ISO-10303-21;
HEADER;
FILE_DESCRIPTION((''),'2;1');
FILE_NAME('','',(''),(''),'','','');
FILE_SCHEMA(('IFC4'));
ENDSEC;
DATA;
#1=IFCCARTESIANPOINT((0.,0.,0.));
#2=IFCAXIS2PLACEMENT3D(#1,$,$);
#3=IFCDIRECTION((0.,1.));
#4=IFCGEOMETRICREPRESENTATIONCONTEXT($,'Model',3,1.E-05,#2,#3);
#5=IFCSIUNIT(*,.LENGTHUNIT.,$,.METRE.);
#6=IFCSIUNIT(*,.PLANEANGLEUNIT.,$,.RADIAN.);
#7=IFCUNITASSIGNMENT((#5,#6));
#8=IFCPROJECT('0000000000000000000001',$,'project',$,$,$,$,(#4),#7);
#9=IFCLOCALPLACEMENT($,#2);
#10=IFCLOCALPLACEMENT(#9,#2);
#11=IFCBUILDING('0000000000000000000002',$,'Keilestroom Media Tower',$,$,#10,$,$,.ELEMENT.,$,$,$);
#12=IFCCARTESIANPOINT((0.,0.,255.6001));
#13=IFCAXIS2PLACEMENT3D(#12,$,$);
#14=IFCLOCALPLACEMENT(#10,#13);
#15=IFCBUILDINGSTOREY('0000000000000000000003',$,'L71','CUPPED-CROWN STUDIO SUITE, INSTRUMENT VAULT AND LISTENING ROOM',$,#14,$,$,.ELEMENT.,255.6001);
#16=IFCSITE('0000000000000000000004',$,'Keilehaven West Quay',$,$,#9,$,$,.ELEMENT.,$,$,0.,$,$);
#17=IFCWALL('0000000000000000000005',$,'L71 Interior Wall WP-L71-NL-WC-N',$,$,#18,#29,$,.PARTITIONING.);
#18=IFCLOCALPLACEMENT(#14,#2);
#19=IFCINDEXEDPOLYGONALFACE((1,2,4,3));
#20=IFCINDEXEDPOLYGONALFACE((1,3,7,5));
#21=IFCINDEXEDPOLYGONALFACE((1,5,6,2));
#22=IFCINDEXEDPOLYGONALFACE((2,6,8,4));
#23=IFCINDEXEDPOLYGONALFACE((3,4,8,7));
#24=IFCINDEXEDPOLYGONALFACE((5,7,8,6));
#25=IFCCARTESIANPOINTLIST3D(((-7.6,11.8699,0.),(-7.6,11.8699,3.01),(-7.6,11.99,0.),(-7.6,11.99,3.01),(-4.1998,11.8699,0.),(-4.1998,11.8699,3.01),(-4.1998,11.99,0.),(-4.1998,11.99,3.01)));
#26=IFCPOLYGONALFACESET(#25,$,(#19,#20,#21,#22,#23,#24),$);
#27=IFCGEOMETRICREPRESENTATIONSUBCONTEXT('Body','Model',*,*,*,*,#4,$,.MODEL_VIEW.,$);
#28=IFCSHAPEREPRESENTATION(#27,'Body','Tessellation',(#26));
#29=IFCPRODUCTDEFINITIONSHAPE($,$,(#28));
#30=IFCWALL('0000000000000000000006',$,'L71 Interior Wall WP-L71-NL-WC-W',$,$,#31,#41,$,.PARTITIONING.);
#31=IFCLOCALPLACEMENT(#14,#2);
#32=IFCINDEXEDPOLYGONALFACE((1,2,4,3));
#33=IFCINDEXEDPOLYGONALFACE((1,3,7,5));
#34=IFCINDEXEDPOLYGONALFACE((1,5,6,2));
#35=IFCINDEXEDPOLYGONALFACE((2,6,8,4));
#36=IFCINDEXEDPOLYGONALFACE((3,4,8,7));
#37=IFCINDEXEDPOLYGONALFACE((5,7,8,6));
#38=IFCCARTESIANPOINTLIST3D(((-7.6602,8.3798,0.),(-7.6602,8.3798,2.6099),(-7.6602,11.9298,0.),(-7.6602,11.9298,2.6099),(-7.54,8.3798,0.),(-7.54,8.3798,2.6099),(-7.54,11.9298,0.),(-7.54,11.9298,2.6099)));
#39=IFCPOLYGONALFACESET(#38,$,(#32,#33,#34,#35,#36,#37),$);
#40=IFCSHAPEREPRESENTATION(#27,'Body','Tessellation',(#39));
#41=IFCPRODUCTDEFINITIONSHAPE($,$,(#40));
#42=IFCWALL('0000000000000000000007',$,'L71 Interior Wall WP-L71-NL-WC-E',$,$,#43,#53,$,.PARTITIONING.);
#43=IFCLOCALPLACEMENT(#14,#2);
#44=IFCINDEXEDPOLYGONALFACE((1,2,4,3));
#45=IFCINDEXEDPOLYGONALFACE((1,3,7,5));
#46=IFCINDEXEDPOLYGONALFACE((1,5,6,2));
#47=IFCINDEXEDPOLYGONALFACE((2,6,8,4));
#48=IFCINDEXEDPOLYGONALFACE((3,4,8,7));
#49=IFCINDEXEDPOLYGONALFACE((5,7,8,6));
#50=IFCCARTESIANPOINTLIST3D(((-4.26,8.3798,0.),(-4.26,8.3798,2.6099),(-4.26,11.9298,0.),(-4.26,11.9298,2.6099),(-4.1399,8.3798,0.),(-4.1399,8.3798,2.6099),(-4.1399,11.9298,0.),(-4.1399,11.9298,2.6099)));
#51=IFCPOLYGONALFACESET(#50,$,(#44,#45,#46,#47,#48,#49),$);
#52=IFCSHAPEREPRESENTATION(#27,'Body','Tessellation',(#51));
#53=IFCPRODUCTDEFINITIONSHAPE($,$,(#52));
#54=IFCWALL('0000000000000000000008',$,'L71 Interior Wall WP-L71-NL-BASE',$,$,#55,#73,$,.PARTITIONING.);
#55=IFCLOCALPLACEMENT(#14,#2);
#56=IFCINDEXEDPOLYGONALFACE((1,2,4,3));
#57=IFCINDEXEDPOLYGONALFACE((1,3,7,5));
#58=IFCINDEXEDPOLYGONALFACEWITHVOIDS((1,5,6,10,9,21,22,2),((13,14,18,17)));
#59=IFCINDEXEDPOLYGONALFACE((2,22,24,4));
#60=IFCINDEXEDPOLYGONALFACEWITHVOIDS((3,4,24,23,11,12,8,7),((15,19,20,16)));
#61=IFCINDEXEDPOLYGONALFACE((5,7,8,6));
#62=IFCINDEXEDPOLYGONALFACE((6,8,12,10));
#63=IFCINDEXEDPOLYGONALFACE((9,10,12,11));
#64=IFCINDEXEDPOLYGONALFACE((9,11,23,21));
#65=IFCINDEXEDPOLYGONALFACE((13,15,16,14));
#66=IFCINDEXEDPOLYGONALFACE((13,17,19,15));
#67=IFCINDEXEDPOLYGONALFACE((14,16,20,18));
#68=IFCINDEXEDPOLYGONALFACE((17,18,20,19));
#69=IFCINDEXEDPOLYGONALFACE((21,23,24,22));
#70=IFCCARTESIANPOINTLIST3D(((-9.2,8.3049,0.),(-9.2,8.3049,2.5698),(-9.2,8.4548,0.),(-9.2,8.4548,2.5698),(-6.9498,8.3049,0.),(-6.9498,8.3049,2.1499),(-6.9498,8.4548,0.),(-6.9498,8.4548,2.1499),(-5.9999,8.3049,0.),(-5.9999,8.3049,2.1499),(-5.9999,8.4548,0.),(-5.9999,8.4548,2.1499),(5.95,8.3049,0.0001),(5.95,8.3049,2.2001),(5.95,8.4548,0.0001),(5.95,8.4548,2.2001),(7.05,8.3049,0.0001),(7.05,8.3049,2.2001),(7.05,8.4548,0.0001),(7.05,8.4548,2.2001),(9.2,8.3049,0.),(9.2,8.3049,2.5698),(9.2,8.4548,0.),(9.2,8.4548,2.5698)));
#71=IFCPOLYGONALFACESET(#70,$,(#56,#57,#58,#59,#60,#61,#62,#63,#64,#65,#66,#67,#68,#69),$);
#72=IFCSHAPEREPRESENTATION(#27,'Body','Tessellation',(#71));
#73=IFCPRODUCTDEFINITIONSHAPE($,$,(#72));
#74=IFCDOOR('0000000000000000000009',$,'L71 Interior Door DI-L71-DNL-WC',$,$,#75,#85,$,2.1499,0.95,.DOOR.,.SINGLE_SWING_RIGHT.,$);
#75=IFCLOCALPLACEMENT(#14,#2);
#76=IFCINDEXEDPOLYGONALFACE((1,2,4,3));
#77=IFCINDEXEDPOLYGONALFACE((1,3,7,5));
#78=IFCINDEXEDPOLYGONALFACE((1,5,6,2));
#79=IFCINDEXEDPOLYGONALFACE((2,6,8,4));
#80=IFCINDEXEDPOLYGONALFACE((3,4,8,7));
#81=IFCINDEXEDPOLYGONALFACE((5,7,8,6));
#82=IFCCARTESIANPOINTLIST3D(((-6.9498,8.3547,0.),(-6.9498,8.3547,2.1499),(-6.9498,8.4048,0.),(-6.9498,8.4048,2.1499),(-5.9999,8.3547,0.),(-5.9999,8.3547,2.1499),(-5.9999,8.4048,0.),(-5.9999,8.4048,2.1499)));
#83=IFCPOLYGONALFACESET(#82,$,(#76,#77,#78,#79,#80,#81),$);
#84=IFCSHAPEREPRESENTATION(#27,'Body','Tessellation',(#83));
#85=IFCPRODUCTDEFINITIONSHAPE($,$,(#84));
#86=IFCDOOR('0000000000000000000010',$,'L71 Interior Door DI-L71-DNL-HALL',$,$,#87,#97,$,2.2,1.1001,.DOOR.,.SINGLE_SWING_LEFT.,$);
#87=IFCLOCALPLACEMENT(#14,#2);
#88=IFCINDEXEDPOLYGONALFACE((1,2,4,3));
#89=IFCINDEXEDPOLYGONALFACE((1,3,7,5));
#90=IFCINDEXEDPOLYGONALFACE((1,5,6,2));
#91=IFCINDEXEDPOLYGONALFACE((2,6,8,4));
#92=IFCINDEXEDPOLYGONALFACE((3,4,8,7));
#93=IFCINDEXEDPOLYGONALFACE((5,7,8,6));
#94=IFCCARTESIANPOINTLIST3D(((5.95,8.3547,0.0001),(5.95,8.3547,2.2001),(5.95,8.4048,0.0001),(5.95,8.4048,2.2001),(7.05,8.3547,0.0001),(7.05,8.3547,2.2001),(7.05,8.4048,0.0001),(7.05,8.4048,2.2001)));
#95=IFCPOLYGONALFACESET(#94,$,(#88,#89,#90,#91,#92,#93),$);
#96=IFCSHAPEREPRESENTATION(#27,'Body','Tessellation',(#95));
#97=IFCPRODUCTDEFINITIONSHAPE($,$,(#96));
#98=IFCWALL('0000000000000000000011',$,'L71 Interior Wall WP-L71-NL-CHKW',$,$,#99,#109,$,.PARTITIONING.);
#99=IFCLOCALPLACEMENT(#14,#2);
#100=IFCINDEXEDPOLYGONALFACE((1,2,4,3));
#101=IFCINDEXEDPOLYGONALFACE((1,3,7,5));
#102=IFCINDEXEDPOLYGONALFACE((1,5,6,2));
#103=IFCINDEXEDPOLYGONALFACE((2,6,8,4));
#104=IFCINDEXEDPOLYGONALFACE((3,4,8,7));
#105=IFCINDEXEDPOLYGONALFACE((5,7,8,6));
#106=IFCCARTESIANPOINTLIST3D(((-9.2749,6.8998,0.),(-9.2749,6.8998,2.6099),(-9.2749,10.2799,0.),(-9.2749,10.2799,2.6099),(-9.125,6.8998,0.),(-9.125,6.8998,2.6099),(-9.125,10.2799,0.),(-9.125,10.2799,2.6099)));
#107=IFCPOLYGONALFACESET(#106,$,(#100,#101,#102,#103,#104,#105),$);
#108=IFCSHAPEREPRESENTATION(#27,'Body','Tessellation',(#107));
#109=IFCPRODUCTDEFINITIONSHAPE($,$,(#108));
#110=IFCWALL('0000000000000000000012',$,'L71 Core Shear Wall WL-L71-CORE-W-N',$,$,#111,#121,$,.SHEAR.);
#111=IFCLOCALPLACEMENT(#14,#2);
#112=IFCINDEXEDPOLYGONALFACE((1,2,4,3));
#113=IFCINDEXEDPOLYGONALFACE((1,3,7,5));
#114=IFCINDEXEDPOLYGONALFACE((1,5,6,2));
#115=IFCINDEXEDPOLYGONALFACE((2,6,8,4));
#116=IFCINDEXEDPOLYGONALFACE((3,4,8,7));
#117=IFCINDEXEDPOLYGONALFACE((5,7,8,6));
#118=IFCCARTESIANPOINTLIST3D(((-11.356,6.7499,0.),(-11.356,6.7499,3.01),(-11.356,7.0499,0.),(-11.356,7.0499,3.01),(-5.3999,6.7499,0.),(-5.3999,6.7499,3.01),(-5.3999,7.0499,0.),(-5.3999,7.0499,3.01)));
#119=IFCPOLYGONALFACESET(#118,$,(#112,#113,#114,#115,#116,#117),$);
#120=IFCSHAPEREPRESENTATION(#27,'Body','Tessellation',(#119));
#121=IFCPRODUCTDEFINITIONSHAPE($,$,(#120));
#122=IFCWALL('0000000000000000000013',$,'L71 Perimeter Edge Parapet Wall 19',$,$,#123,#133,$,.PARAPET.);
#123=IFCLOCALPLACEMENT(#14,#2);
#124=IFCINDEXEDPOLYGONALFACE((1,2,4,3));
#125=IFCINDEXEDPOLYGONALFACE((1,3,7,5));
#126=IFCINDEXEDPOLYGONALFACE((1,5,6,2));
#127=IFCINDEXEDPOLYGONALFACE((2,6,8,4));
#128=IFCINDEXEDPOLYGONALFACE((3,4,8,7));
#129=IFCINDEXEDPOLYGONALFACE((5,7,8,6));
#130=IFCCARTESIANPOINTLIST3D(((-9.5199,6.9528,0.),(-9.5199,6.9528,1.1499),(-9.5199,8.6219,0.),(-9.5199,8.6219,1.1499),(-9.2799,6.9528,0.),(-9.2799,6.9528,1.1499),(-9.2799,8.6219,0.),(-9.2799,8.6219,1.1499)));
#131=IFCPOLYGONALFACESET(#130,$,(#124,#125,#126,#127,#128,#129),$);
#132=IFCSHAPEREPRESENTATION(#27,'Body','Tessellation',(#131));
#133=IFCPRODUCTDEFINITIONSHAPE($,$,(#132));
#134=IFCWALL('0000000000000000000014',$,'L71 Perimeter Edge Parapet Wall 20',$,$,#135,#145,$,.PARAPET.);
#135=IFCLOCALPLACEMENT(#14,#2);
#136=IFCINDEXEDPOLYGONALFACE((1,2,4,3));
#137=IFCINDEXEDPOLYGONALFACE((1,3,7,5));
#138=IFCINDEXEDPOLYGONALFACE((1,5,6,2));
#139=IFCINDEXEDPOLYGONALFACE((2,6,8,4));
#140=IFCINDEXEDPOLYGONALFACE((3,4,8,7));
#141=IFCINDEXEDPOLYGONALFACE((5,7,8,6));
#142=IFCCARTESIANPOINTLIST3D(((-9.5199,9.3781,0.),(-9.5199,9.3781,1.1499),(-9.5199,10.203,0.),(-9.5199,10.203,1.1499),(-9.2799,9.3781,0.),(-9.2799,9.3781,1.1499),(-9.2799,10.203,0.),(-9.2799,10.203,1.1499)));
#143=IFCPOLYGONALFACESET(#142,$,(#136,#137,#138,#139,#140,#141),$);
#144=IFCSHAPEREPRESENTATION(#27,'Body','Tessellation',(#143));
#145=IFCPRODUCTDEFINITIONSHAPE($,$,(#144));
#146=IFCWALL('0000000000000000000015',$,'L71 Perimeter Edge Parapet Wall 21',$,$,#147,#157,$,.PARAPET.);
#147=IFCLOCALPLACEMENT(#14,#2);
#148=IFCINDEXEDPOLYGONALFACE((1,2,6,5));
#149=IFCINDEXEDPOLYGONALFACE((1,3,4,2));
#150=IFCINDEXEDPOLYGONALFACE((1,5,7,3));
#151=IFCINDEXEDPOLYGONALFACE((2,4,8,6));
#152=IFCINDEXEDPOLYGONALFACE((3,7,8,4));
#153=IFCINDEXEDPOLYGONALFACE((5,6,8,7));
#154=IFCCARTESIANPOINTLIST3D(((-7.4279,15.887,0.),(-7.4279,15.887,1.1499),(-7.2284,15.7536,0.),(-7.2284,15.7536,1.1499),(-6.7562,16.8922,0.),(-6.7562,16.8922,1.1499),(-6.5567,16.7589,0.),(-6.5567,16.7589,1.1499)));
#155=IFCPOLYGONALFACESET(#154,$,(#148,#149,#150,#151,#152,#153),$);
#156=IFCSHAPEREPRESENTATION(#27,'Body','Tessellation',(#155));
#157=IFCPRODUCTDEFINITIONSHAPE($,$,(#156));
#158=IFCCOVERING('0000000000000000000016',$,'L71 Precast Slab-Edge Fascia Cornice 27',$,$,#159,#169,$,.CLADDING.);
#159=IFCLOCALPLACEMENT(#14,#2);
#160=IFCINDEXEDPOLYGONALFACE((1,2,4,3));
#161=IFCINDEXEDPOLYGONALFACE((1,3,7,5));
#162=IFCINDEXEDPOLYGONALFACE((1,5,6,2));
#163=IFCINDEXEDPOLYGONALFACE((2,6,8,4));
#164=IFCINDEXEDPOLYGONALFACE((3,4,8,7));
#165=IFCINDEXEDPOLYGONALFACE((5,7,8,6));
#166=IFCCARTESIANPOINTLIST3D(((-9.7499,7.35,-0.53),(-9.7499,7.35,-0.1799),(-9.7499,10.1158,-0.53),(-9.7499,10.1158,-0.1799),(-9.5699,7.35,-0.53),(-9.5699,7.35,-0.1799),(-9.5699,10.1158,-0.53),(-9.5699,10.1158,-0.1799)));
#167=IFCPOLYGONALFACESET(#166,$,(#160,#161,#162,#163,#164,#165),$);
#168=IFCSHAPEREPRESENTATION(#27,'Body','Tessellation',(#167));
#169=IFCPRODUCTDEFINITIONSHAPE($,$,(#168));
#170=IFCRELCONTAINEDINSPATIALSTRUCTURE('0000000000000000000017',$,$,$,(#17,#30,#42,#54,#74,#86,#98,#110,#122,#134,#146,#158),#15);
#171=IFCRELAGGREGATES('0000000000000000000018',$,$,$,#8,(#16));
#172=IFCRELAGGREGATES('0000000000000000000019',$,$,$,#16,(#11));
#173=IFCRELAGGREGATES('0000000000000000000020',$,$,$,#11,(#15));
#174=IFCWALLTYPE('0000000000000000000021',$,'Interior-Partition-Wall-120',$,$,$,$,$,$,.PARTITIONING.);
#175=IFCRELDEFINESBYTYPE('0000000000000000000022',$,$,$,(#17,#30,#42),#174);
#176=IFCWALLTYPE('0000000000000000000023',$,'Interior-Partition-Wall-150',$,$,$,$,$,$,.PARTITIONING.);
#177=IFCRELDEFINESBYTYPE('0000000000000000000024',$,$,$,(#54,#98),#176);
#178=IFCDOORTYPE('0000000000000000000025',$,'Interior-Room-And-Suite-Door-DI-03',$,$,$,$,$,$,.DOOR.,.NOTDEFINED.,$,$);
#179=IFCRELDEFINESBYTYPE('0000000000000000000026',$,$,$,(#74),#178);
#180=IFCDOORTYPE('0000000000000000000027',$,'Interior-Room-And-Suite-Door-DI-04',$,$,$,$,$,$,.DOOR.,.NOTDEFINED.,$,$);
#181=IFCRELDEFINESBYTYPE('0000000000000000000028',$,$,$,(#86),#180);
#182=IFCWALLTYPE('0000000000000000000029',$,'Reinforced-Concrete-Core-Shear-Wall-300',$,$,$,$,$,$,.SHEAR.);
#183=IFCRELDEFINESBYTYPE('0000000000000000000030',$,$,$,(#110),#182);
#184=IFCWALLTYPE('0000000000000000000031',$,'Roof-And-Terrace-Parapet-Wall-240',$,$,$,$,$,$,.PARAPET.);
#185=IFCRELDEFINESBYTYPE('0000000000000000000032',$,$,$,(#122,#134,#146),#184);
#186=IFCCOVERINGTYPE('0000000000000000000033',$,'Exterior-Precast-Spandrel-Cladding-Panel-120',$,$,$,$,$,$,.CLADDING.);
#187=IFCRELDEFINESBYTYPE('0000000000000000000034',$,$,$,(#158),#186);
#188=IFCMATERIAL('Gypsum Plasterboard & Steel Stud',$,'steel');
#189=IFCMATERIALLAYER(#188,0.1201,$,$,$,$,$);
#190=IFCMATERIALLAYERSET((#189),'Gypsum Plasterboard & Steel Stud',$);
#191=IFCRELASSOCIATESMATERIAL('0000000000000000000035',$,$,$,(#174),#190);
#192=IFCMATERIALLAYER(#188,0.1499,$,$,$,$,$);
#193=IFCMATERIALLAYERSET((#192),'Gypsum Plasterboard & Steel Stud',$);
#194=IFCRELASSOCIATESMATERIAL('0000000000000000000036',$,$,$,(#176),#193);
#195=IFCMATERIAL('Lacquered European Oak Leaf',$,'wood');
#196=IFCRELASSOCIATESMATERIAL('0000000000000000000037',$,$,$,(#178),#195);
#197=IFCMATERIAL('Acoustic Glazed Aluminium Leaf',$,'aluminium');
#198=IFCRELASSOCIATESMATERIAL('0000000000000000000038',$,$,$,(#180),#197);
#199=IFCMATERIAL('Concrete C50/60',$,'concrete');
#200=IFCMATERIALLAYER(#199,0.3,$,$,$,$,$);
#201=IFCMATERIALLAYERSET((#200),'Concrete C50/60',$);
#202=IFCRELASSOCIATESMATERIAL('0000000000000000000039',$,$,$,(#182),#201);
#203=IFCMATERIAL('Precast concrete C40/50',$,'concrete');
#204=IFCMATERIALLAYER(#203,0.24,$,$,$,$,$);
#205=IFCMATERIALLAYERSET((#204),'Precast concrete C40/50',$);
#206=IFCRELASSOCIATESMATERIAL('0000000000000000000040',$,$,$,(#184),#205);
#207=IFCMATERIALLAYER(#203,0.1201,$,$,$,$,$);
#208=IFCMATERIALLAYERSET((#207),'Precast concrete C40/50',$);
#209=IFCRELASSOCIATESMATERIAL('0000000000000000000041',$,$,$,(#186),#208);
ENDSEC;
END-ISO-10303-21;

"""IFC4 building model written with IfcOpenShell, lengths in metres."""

from ifc_helpers import new_model, si_unit, direction, frame, frame_2d, origin, origin_2d, place, context, subcontext, project, spatial, rectangle, extrude, source, transform, mapped, material, layer, layer_set, type_object, element, fill, save


model = new_model("IFC4")

# Units and contexts
model_context = context("Model", 3, precision=1e-05, world=origin(), true_north=direction((0.0, 1.0)))
body_context = subcontext(model_context, "Body", "Model", "MODEL_VIEW")
ifc_project = project(units=[si_unit("LENGTHUNIT", "METRE"), si_unit("PLANEANGLEUNIT", "RADIAN")], contexts=[model_context])

# Site, building, storey
site_placement = place(None, origin())
site = spatial("IfcSite", under=ifc_project, at=site_placement, Name="Keilehaven West Quay", CompositionType="ELEMENT", RefElevation=0.0)
building_placement = place(site_placement, origin())
building = spatial("IfcBuilding", under=site, at=building_placement, Name="Keilestroom Media Tower", CompositionType="ELEMENT")
storey_placement = place(building_placement, frame((0.0, 0.0, 255.6001)))
storey = spatial("IfcBuildingStorey", under=building, at=storey_placement, Name="L71", Description="CUPPED-CROWN STUDIO SUITE, INSTRUMENT VAULT AND LISTENING ROOM", CompositionType="ELEMENT", Elevation=255.6001)

# Shared definitions
ifc_material_1 = material(Name="Concrete C50/60", Category="concrete")

# Walls
ifc_material_2 = material(Name="Precast concrete C40/50", Category="concrete")
ifc_material_3 = material(Name="Gypsum Plasterboard & Steel Stud", Category="steel")
ifc_layer_1 = layer(ifc_material_3, 0.1201)
ifc_layer_set_1 = layer_set([ifc_layer_1], Name="Gypsum Plasterboard & Steel Stud")
wall_type_1 = type_object("IfcWallType", Name="Interior-Partition-Wall-120", PredefinedType="PARTITIONING", material=ifc_layer_set_1)
wall_1_placement = place(storey_placement, frame((-7.6001, 11.9299, 0.0), z_axis=(0.0, 0.0, 1.0), x_axis=(1.0, 0.0, 0.0)))
element("IfcWall", 1, at=wall_1_placement, inside=storey, type_object=wall_type_1, Name="L71 Interior Wall WP-L71-NL-WC-N", PredefinedType="PARTITIONING", context=body_context, shape_type="SweptSolid", body=[
    extrude(rectangle(XDim=3.4001, YDim=0.1201, at=frame_2d((1.7002, 0.0))), origin(), (0.0, 0.0, 1.0), 3.01),
])
for number, where, z_axis, x_axis, name in (
    (2, (-7.6001, 8.3799, 0.0), (0.0, 0.0, 1.0), (0.0, 1.0, 0.0), "L71 Interior Wall WP-L71-NL-WC-W"),
    (3, (-4.2, 8.3799, 0.0), (0.0, 0.0, 1.0), (0.0, 1.0, 0.0), "L71 Interior Wall WP-L71-NL-WC-E"),
):
    element("IfcWall", number, at=place(storey_placement, frame(where, z_axis=z_axis, x_axis=x_axis)), inside=storey, type_object=wall_type_1, Name=name, PredefinedType="PARTITIONING", context=body_context, shape_type="SweptSolid", body=[
        extrude(rectangle(XDim=3.55, YDim=0.1201, at=frame_2d((1.7749, 0.0))), origin(), (0.0, 0.0, 1.0), 2.6099),
    ])

# Wall, openings, doors
ifc_layer_2 = layer(ifc_material_3, 0.1499)
ifc_layer_set_2 = layer_set([ifc_layer_2], Name="Gypsum Plasterboard & Steel Stud")
wall_type_2 = type_object("IfcWallType", Name="Interior-Partition-Wall-150", PredefinedType="PARTITIONING", material=ifc_layer_set_2)
wall_2_placement = place(storey_placement, frame((-9.2, 8.3799, 0.0), z_axis=(0.0, 0.0, 1.0), x_axis=(1.0, 0.0, 0.0)))
wall_2 = element("IfcWall", 4, at=wall_2_placement, inside=storey, type_object=wall_type_2, Name="L71 Interior Wall WP-L71-NL-BASE", PredefinedType="PARTITIONING", context=body_context, shape_type="SweptSolid", body=[
    extrude(rectangle(XDim=18.3999, YDim=0.1499, at=frame_2d((9.2, 0.0))), origin(), (0.0, 0.0, 1.0), 2.5698),
])
opening_1_placement = place(wall_2_placement, frame((2.25, 0.0, 0.0)))
opening_1 = element("IfcOpeningElement", 5, at=opening_1_placement, cuts=wall_2, PredefinedType="OPENING", context=body_context, shape_type="SweptSolid", body=[
    extrude(rectangle(XDim=0.95, YDim=2.1499, at=frame_2d((0.4751, 1.075))), frame((0.0, 0.085, 0.0), z_axis=(0.0, -1.0, 0.0), x_axis=(1.0, 0.0, 0.0)), (0.0, 0.0, 1.0), 0.1699),
])
opening_2_placement = place(wall_2_placement, frame((15.1499, 0.0, 0.0)))
opening_2 = element("IfcOpeningElement", 6, at=opening_2_placement, cuts=wall_2, PredefinedType="OPENING", context=body_context, shape_type="SweptSolid", body=[
    extrude(rectangle(XDim=1.1001, YDim=2.2, at=frame_2d((0.55, 1.1001))), frame((0.0, 0.085, 0.0), z_axis=(0.0, -1.0, 0.0), x_axis=(1.0, 0.0, 0.0)), (0.0, 0.0, 1.0), 0.1699),
])
ifc_material_4 = material(Name="Lacquered European Oak Leaf", Category="wood")
door_type_1 = type_object("IfcDoorType", Name="Interior-Room-And-Suite-Door-DI-03", OperationType="NOTDEFINED", PredefinedType="DOOR", material=ifc_material_4)
shared_shape_1 = source(origin(), body_context, "Body", "SweptSolid", [
    extrude(rectangle(XDim=0.95, YDim=2.1499, at=frame_2d((0.4751, 1.075))), frame((0.0, 0.0249, 0.0), z_axis=(0.0, -1.0, 0.0), x_axis=(1.0, 0.0, 0.0)), (0.0, 0.0, 1.0), 0.05),
])
door_1_placement = place(opening_1_placement, origin())
door_1 = element("IfcDoor", 7, at=door_1_placement, inside=storey, type_object=door_type_1, Name="L71 Interior Door DI-L71-DNL-WC", OperationType="SINGLE_SWING_RIGHT", OverallHeight=2.1499, OverallWidth=0.95, PredefinedType="DOOR", context=body_context, shape_type="MappedRepresentation", body=[
    mapped(shared_shape_1, transform((0.0, 0.0, 0.0), x_axis=(1.0, 0.0, 0.0), y_axis=(0.0, 1.0, 0.0), z_axis=(0.0, 0.0, 1.0), scale=1.0)),
])
fill(opening_1, door_1)
ifc_material_5 = material(Name="Acoustic Glazed Aluminium Leaf", Category="aluminium")
door_type_2 = type_object("IfcDoorType", Name="Interior-Room-And-Suite-Door-DI-04", OperationType="NOTDEFINED", PredefinedType="DOOR", material=ifc_material_5)
shared_shape_2 = source(origin(), body_context, "Body", "SweptSolid", [
    extrude(rectangle(XDim=1.1001, YDim=2.2, at=frame_2d((0.55, 1.1001))), frame((0.0, 0.0249, 0.0), z_axis=(0.0, -1.0, 0.0), x_axis=(1.0, 0.0, 0.0)), (0.0, 0.0, 1.0), 0.05),
])
door_2_placement = place(opening_2_placement, origin())
door_2 = element("IfcDoor", 8, at=door_2_placement, inside=storey, type_object=door_type_2, Name="L71 Interior Door DI-L71-DNL-HALL", OperationType="SINGLE_SWING_LEFT", OverallHeight=2.2, OverallWidth=1.1001, PredefinedType="DOOR", context=body_context, shape_type="MappedRepresentation", body=[
    mapped(shared_shape_2, transform((0.0, 0.0, 0.0), x_axis=(1.0, 0.0, 0.0), y_axis=(0.0, 1.0, 0.0), z_axis=(0.0, 0.0, 1.0), scale=1.0)),
])
fill(opening_2, door_2)

# Walls
wall_3_placement = place(storey_placement, frame((-9.2, 6.8999, 0.0), z_axis=(0.0, 0.0, 1.0), x_axis=(0.0, 1.0, 0.0)))
element("IfcWall", 9, at=wall_3_placement, inside=storey, type_object=wall_type_2, Name="L71 Interior Wall WP-L71-NL-CHKW", PredefinedType="PARTITIONING", context=body_context, shape_type="SweptSolid", body=[
    extrude(rectangle(XDim=3.3801, YDim=0.1499, at=frame_2d((1.6899, 0.0))), origin(), (0.0, 0.0, 1.0), 2.6099),
])
ifc_layer_3 = layer(ifc_material_1, 0.3)
ifc_layer_set_3 = layer_set([ifc_layer_3], Name="Concrete C50/60")
wall_type_3 = type_object("IfcWallType", Name="Reinforced-Concrete-Core-Shear-Wall-300", PredefinedType="SHEAR", material=ifc_layer_set_3)
wall_4_placement = place(storey_placement, frame((-11.356, 6.8999, 0.0), z_axis=(0.0, 0.0, 1.0), x_axis=(1.0, 0.0, 0.0)))
element("IfcWall", 10, at=wall_4_placement, inside=storey, type_object=wall_type_3, Name="L71 Core Shear Wall WL-L71-CORE-W-N", PredefinedType="SHEAR", context=body_context, shape_type="SweptSolid", body=[
    extrude(rectangle(XDim=5.9561, YDim=0.3, at=frame_2d((2.978, 0.0))), origin(), (0.0, 0.0, 1.0), 3.01),
])
ifc_layer_4 = layer(ifc_material_2, 0.24)
ifc_layer_set_4 = layer_set([ifc_layer_4], Name="Precast concrete C40/50")
wall_type_4 = type_object("IfcWallType", Name="Roof-And-Terrace-Parapet-Wall-240", PredefinedType="PARAPET", material=ifc_layer_set_4)
wall_5_placement = place(storey_placement, frame((-9.3999, 6.9529, 0.0), z_axis=(0.0, 0.0, 1.0), x_axis=(0.0, 1.0, 0.0)))
element("IfcWall", 11, at=wall_5_placement, inside=storey, type_object=wall_type_4, Name="L71 Perimeter Edge Parapet Wall 19", PredefinedType="PARAPET", context=body_context, shape_type="SweptSolid", body=[
    extrude(rectangle(XDim=1.6692, YDim=0.24, at=frame_2d((0.8345, 0.0))), origin(), (0.0, 0.0, 1.0), 1.1499),
])
wall_6_placement = place(storey_placement, frame((-9.3999, 9.3779, 0.0), z_axis=(0.0, 0.0, 1.0), x_axis=(0.0, 1.0, 0.0)))
element("IfcWall", 12, at=wall_6_placement, inside=storey, type_object=wall_type_4, Name="L71 Perimeter Edge Parapet Wall 20", PredefinedType="PARAPET", context=body_context, shape_type="SweptSolid", body=[
    extrude(rectangle(XDim=0.825, YDim=0.24, at=frame_2d((0.4126, 0.0))), origin(), (0.0, 0.0, 1.0), 1.1499),
])
wall_7_placement = place(storey_placement, frame((-7.3281, 15.8203, 0.0), z_axis=(0.0, 0.0, 1.0), x_axis=(0.555585, 0.831459, 0.0)))
element("IfcWall", 13, at=wall_7_placement, inside=storey, type_object=wall_type_4, Name="L71 Perimeter Edge Parapet Wall 21", PredefinedType="PARAPET", context=body_context, shape_type="SweptSolid", body=[
    extrude(rectangle(XDim=1.209, YDim=0.24, at=frame_2d((0.6045, 0.0))), origin(), (0.0, 0.0, 1.0), 1.1499),
])

# Covering
ifc_layer_5 = layer(ifc_material_2, 0.1201)
ifc_layer_set_5 = layer_set([ifc_layer_5], Name="Precast concrete C40/50")
covering_type = type_object("IfcCoveringType", Name="Exterior-Precast-Spandrel-Cladding-Panel-120", PredefinedType="CLADDING", material=ifc_layer_set_5)
shared_shape_3 = source(origin(), body_context, "Body", "SweptSolid", [
    extrude(rectangle(XDim=2.7659, YDim=0.1799, at=origin_2d()), origin(), (0.0, 0.0, 1.0), 0.3501),
])
covering_1_placement = place(storey_placement, frame((-9.6599, 8.7329, -0.53), z_axis=(0.0, 0.0, 1.0), x_axis=(0.0, 1.0, 0.0)))
element("IfcCovering", 14, at=covering_1_placement, inside=storey, type_object=covering_type, Name="L71 Precast Slab-Edge Fascia Cornice 27", PredefinedType="CLADDING", context=body_context, shape_type="MappedRepresentation", body=[
    mapped(shared_shape_3, transform((0.0, 0.0, 0.0), x_axis=(1.0, 0.0, 0.0), y_axis=(0.0, 1.0, 0.0), z_axis=(0.0, 0.0, 1.0), scale=1.0)),
])

save(model, "model.ifc")
